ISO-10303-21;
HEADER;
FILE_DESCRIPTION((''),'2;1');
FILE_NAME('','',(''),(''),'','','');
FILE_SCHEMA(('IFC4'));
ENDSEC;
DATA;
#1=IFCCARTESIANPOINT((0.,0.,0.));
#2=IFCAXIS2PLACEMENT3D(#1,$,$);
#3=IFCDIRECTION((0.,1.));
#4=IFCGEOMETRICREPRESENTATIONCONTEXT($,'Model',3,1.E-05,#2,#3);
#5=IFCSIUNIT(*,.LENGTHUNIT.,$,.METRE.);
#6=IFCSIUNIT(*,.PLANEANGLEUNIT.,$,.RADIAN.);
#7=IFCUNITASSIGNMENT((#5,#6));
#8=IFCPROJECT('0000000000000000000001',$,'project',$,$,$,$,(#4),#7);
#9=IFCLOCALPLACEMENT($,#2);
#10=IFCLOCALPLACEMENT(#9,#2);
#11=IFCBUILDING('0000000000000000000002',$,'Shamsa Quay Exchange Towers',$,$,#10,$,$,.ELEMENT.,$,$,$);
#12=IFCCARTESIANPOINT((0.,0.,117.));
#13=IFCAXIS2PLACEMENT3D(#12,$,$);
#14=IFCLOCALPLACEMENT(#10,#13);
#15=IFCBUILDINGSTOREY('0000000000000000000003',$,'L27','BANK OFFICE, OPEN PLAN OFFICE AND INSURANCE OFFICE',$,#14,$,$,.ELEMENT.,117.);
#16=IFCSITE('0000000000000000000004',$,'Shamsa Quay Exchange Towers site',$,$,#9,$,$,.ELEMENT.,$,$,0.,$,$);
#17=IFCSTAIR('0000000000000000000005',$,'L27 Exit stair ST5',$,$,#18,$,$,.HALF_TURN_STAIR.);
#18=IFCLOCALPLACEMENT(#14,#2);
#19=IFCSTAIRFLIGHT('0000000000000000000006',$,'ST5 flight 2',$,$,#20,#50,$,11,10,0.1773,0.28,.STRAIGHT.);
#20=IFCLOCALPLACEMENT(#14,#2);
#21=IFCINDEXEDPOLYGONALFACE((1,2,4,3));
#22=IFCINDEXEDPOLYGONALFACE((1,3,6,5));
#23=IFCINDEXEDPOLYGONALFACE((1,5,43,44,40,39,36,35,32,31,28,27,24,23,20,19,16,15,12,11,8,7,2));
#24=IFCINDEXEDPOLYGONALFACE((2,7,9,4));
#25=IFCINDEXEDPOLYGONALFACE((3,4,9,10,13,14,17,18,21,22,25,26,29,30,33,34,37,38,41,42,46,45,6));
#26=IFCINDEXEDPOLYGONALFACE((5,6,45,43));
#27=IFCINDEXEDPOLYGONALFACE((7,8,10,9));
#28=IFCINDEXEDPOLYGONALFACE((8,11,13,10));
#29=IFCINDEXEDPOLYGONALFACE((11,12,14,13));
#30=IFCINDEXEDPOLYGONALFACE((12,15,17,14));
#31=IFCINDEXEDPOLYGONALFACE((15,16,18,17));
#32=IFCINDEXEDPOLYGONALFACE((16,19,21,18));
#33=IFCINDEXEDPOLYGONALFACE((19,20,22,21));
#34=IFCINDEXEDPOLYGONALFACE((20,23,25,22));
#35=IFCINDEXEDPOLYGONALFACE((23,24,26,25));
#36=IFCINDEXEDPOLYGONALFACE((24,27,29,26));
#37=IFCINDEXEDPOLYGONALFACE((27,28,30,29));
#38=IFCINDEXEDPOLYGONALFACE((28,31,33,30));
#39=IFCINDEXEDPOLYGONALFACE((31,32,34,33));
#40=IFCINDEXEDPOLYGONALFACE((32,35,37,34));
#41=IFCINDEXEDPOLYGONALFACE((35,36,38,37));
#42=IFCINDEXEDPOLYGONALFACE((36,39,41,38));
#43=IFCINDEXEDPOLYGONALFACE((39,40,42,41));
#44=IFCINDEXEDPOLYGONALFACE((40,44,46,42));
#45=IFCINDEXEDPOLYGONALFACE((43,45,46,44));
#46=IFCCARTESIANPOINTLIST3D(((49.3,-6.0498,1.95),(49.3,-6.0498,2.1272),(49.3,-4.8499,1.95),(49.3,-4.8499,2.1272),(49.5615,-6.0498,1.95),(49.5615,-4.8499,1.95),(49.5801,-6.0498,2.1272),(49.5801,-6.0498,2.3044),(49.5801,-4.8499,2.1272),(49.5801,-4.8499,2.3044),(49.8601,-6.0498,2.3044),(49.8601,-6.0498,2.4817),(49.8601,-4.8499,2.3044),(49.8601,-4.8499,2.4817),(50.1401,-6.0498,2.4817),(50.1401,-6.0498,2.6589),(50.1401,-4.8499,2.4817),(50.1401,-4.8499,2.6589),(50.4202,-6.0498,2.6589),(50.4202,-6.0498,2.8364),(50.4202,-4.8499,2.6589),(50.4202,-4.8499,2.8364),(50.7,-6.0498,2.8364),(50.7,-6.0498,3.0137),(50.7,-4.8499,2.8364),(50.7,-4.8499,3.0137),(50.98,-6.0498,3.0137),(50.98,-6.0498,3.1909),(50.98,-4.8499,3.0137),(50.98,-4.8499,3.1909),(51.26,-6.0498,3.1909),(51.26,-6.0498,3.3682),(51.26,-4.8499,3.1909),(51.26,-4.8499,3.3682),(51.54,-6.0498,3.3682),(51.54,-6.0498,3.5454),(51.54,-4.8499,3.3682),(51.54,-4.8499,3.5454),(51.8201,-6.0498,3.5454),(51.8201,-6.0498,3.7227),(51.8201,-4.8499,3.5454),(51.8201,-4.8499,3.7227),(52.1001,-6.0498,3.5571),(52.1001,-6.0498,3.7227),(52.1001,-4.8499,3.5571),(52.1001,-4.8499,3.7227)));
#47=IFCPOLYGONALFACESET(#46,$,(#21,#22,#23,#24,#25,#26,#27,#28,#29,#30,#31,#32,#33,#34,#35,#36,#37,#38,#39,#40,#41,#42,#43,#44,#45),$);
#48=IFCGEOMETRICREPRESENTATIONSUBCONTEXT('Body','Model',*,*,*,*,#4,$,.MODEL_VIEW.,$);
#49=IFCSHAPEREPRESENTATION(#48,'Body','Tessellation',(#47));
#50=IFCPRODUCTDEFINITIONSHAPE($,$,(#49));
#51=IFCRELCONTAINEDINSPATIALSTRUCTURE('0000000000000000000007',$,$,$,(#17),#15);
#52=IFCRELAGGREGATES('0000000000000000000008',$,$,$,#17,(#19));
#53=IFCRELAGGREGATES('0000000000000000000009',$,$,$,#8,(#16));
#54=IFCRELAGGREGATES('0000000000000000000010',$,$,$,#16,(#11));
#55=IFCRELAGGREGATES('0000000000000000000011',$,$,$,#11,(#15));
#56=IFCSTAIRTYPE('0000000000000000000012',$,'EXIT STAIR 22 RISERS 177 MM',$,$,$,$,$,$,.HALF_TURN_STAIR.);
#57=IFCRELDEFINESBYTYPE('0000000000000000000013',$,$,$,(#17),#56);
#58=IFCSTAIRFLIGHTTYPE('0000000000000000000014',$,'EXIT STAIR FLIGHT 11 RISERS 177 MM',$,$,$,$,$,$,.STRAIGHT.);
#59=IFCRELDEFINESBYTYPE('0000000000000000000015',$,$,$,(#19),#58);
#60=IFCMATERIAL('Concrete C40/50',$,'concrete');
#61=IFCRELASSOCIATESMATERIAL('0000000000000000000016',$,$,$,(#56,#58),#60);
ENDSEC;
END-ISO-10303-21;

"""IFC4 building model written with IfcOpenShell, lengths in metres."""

from ifc_helpers import new_model, si_unit, direction, frame, origin, place, context, subcontext, project, spatial, polyline, outline, extrude, material, type_object, element, aggregate, save


model = new_model("IFC4")

# Units and contexts
model_context = context("Model", 3, precision=1e-05, world=origin(), true_north=direction((0.0, 1.0)))
body_context = subcontext(model_context, "Body", "Model", "MODEL_VIEW")
ifc_project = project(units=[si_unit("LENGTHUNIT", "METRE"), si_unit("PLANEANGLEUNIT", "RADIAN")], contexts=[model_context])

# Site, building, storey
site_placement = place(None, origin())
site = spatial("IfcSite", under=ifc_project, at=site_placement, Name="Shamsa Quay Exchange Towers site", CompositionType="ELEMENT", RefElevation=0.0)
building_placement = place(site_placement, origin())
building = spatial("IfcBuilding", under=site, at=building_placement, Name="Shamsa Quay Exchange Towers", CompositionType="ELEMENT")
storey_placement = place(building_placement, frame((0.0, 0.0, 117.0)))
storey = spatial("IfcBuildingStorey", under=building, at=storey_placement, Name="L27", Description="BANK OFFICE, OPEN PLAN OFFICE AND INSURANCE OFFICE", CompositionType="ELEMENT", Elevation=117.0)

# Stair, stair flight
ifc_material_1 = material(Name="Concrete C40/50", Category="concrete")
stair_type = type_object("IfcStairType", Name="EXIT STAIR 22 RISERS 177 MM", PredefinedType="HALF_TURN_STAIR", material=ifc_material_1)
stair_placement = place(storey_placement, origin())
stair = element("IfcStair", 1, at=stair_placement, inside=storey, type_object=stair_type, Name="L27 Exit stair ST5", PredefinedType="HALF_TURN_STAIR")
stair_flight_type = type_object("IfcStairFlightType", Name="EXIT STAIR FLIGHT 11 RISERS 177 MM", PredefinedType="STRAIGHT", material=ifc_material_1)
stair_flight_1_placement = place(storey_placement, frame((49.3, -5.45, 1.95)))
stair_flight_1 = element("IfcStairFlight", 2, at=stair_flight_1_placement, type_object=stair_flight_type, Name="ST5 flight 2", NumberOfRisers=11, NumberOfTreads=10, PredefinedType="STRAIGHT", RiserHeight=0.1773, TreadLength=0.28, context=body_context, shape_type="SweptSolid", body=[
    extrude(outline(polyline([(0.0, 0.0), (0.0, 0.1772), (0.28, 0.1772), (0.28, 0.3545), (0.5601, 0.3545), (0.5601, 0.5317), (0.8401, 0.5317), (0.8401, 0.709), (1.1201, 0.709), (1.1201, 0.8865), (1.3999, 0.8865), (1.3999, 1.0637), (1.6799, 1.0637), (1.6799, 1.241), (1.96, 1.241), (1.96, 1.4182), (2.24, 1.4182), (2.24, 1.5955), (2.52, 1.5955), (2.52, 1.7727), (2.8, 1.7727), (2.8, 1.95), (2.8, 1.6072), (0.2615, 0.0), (0.0, 0.0)])), frame((0.0, 0.6001, 0.0), z_axis=(0.0, -1.0, 0.0), x_axis=(1.0, 0.0, 0.0)), (0.0, 0.0, 1.0), 1.2),
])
aggregate(stair, [stair_flight_1])

save(model, "model.ifc")
